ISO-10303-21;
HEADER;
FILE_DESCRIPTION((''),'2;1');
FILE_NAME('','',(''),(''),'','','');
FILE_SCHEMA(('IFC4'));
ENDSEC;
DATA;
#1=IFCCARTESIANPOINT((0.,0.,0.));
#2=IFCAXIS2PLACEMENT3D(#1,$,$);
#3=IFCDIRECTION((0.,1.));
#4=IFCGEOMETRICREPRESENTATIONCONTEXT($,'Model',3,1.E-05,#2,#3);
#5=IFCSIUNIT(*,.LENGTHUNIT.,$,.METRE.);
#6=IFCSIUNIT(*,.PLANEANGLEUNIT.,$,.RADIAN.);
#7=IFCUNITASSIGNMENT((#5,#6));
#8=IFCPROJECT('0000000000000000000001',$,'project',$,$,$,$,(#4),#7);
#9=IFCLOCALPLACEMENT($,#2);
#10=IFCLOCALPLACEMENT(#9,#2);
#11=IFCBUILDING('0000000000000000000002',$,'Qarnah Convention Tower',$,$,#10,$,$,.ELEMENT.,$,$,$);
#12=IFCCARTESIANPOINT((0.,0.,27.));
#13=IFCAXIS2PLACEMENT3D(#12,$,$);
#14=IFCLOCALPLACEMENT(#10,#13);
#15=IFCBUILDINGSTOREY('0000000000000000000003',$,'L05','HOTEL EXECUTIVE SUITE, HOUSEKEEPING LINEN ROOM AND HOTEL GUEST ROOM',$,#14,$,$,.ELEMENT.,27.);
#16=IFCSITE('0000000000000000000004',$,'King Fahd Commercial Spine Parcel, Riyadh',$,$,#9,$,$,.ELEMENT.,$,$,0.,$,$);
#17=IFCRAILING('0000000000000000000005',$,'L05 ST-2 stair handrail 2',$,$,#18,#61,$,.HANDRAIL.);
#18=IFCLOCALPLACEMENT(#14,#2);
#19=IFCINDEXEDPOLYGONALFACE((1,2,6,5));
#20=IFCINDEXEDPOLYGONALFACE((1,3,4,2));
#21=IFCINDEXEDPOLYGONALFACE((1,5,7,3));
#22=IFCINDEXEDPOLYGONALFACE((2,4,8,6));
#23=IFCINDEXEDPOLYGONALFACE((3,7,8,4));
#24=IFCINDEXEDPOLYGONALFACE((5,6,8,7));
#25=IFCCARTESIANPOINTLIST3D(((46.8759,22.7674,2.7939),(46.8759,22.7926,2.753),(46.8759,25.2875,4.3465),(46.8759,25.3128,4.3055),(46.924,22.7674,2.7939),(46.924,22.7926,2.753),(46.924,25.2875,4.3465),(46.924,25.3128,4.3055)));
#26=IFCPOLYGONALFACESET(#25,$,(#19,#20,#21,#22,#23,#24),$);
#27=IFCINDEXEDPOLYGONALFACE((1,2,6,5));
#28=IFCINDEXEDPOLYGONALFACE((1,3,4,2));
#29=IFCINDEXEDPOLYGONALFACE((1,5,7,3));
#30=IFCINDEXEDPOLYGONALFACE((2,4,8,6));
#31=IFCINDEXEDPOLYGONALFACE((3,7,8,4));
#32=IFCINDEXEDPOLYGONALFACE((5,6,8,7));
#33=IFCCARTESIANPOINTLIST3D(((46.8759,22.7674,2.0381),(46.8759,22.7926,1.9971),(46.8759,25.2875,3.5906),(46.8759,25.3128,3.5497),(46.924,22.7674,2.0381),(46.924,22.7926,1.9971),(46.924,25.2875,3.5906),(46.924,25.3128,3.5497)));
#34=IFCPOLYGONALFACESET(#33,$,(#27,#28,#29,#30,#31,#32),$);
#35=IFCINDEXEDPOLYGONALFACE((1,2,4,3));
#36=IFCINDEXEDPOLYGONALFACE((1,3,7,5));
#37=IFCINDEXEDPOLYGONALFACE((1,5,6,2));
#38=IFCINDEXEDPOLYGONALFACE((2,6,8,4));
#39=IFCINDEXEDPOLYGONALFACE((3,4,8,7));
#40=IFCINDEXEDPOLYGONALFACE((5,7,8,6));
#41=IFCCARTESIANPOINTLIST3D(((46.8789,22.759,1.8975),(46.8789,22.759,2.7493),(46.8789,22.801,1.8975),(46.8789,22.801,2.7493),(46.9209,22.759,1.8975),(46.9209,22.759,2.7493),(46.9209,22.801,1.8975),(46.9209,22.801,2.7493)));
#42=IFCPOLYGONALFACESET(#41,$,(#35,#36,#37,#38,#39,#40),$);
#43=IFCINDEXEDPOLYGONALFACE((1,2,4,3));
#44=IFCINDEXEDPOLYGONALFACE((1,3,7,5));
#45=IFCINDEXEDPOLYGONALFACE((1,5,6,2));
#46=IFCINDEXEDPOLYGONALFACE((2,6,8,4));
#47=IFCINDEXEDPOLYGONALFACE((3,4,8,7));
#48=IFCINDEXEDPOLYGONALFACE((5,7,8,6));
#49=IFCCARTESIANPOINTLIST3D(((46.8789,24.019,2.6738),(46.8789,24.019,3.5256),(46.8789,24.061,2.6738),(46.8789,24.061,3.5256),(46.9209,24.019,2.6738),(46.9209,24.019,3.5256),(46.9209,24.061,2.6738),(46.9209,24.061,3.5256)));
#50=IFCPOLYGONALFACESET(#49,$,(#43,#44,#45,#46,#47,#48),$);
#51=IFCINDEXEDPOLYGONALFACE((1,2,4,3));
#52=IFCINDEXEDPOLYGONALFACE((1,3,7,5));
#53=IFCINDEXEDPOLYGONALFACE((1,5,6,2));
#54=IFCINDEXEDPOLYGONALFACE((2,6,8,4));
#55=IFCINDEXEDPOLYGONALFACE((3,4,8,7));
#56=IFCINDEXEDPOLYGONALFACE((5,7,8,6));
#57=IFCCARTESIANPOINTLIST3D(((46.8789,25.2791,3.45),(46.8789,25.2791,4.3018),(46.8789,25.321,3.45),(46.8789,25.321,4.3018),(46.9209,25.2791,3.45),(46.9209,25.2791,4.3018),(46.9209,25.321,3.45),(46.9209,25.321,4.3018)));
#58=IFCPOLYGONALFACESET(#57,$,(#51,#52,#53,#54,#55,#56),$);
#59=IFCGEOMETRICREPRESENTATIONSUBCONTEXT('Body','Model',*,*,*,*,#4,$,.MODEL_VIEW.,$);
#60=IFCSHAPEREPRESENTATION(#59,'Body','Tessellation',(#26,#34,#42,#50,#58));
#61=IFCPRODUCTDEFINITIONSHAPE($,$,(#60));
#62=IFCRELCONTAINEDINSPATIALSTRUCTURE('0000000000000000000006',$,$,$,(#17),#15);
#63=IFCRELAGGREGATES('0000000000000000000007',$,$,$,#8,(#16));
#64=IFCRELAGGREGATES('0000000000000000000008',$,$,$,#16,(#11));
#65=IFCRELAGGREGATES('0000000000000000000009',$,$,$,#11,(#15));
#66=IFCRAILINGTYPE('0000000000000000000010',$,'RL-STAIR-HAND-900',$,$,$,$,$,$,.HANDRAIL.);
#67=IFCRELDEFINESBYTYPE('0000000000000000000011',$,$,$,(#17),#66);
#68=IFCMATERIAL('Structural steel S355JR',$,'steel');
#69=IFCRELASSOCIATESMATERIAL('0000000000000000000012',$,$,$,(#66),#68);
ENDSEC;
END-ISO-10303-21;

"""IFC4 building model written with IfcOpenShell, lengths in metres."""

from ifc_helpers import new_model, si_unit, direction, frame, origin, origin_2d, place, context, subcontext, project, spatial, rectangle, extrude, material, type_object, element, save


model = new_model("IFC4")

# Units and contexts
model_context = context("Model", 3, precision=1e-05, world=origin(), true_north=direction((0.0, 1.0)))
body_context = subcontext(model_context, "Body", "Model", "MODEL_VIEW")
ifc_project = project(units=[si_unit("LENGTHUNIT", "METRE"), si_unit("PLANEANGLEUNIT", "RADIAN")], contexts=[model_context])

# Site, building, storey
site_placement = place(None, origin())
site = spatial("IfcSite", under=ifc_project, at=site_placement, Name="King Fahd Commercial Spine Parcel, Riyadh", CompositionType="ELEMENT", RefElevation=0.0)
building_placement = place(site_placement, origin())
building = spatial("IfcBuilding", under=site, at=building_placement, Name="Qarnah Convention Tower", CompositionType="ELEMENT")
storey_placement = place(building_placement, frame((0.0, 0.0, 27.0)))
storey = spatial("IfcBuildingStorey", under=building, at=storey_placement, Name="L05", Description="HOTEL EXECUTIVE SUITE, HOUSEKEEPING LINEN ROOM AND HOTEL GUEST ROOM", CompositionType="ELEMENT", Elevation=27.0)

# Shared definitions
ifc_material_1 = material(Name="Structural steel S355JR", Category="steel")

# Railing
railing_type_1 = type_object("IfcRailingType", Name="RL-STAIR-HAND-900", PredefinedType="HANDRAIL", material=ifc_material_1)
railing_1_placement = place(storey_placement, frame((46.8999, 22.78, 1.8975)))
element("IfcRailing", 1, at=railing_1_placement, inside=storey, type_object=railing_type_1, Name="L05 ST-2 stair handrail 2", PredefinedType="HANDRAIL", context=body_context, shape_type="SweptSolid", body=[
    extrude(rectangle(XDim=0.0481, YDim=0.0481, at=origin_2d()), frame((0.0, 0.0, 0.876), z_axis=(0.0, 0.8514, 0.524516), x_axis=(-1.0, 0.0, 0.0)), (0.0, 0.0, 1.0), 2.96),
    extrude(rectangle(XDim=0.0481, YDim=0.0481, at=origin_2d()), frame((0.0, 0.0, 0.1201), z_axis=(0.0, 0.8514, 0.524516), x_axis=(-1.0, 0.0, 0.0)), (0.0, 0.0, 1.0), 2.96),
    extrude(rectangle(XDim=0.042, YDim=0.042, at=origin_2d()), origin(), (0.0, 0.0, 1.0), 0.8518),
    extrude(rectangle(XDim=0.042, YDim=0.042, at=origin_2d()), frame((0.0, 1.26, 0.7764)), (0.0, 0.0, 1.0), 0.8518),
    extrude(rectangle(XDim=0.042, YDim=0.042, at=origin_2d()), frame((0.0, 2.52, 1.5525)), (0.0, 0.0, 1.0), 0.8518),
])

save(model, "model.ifc")
